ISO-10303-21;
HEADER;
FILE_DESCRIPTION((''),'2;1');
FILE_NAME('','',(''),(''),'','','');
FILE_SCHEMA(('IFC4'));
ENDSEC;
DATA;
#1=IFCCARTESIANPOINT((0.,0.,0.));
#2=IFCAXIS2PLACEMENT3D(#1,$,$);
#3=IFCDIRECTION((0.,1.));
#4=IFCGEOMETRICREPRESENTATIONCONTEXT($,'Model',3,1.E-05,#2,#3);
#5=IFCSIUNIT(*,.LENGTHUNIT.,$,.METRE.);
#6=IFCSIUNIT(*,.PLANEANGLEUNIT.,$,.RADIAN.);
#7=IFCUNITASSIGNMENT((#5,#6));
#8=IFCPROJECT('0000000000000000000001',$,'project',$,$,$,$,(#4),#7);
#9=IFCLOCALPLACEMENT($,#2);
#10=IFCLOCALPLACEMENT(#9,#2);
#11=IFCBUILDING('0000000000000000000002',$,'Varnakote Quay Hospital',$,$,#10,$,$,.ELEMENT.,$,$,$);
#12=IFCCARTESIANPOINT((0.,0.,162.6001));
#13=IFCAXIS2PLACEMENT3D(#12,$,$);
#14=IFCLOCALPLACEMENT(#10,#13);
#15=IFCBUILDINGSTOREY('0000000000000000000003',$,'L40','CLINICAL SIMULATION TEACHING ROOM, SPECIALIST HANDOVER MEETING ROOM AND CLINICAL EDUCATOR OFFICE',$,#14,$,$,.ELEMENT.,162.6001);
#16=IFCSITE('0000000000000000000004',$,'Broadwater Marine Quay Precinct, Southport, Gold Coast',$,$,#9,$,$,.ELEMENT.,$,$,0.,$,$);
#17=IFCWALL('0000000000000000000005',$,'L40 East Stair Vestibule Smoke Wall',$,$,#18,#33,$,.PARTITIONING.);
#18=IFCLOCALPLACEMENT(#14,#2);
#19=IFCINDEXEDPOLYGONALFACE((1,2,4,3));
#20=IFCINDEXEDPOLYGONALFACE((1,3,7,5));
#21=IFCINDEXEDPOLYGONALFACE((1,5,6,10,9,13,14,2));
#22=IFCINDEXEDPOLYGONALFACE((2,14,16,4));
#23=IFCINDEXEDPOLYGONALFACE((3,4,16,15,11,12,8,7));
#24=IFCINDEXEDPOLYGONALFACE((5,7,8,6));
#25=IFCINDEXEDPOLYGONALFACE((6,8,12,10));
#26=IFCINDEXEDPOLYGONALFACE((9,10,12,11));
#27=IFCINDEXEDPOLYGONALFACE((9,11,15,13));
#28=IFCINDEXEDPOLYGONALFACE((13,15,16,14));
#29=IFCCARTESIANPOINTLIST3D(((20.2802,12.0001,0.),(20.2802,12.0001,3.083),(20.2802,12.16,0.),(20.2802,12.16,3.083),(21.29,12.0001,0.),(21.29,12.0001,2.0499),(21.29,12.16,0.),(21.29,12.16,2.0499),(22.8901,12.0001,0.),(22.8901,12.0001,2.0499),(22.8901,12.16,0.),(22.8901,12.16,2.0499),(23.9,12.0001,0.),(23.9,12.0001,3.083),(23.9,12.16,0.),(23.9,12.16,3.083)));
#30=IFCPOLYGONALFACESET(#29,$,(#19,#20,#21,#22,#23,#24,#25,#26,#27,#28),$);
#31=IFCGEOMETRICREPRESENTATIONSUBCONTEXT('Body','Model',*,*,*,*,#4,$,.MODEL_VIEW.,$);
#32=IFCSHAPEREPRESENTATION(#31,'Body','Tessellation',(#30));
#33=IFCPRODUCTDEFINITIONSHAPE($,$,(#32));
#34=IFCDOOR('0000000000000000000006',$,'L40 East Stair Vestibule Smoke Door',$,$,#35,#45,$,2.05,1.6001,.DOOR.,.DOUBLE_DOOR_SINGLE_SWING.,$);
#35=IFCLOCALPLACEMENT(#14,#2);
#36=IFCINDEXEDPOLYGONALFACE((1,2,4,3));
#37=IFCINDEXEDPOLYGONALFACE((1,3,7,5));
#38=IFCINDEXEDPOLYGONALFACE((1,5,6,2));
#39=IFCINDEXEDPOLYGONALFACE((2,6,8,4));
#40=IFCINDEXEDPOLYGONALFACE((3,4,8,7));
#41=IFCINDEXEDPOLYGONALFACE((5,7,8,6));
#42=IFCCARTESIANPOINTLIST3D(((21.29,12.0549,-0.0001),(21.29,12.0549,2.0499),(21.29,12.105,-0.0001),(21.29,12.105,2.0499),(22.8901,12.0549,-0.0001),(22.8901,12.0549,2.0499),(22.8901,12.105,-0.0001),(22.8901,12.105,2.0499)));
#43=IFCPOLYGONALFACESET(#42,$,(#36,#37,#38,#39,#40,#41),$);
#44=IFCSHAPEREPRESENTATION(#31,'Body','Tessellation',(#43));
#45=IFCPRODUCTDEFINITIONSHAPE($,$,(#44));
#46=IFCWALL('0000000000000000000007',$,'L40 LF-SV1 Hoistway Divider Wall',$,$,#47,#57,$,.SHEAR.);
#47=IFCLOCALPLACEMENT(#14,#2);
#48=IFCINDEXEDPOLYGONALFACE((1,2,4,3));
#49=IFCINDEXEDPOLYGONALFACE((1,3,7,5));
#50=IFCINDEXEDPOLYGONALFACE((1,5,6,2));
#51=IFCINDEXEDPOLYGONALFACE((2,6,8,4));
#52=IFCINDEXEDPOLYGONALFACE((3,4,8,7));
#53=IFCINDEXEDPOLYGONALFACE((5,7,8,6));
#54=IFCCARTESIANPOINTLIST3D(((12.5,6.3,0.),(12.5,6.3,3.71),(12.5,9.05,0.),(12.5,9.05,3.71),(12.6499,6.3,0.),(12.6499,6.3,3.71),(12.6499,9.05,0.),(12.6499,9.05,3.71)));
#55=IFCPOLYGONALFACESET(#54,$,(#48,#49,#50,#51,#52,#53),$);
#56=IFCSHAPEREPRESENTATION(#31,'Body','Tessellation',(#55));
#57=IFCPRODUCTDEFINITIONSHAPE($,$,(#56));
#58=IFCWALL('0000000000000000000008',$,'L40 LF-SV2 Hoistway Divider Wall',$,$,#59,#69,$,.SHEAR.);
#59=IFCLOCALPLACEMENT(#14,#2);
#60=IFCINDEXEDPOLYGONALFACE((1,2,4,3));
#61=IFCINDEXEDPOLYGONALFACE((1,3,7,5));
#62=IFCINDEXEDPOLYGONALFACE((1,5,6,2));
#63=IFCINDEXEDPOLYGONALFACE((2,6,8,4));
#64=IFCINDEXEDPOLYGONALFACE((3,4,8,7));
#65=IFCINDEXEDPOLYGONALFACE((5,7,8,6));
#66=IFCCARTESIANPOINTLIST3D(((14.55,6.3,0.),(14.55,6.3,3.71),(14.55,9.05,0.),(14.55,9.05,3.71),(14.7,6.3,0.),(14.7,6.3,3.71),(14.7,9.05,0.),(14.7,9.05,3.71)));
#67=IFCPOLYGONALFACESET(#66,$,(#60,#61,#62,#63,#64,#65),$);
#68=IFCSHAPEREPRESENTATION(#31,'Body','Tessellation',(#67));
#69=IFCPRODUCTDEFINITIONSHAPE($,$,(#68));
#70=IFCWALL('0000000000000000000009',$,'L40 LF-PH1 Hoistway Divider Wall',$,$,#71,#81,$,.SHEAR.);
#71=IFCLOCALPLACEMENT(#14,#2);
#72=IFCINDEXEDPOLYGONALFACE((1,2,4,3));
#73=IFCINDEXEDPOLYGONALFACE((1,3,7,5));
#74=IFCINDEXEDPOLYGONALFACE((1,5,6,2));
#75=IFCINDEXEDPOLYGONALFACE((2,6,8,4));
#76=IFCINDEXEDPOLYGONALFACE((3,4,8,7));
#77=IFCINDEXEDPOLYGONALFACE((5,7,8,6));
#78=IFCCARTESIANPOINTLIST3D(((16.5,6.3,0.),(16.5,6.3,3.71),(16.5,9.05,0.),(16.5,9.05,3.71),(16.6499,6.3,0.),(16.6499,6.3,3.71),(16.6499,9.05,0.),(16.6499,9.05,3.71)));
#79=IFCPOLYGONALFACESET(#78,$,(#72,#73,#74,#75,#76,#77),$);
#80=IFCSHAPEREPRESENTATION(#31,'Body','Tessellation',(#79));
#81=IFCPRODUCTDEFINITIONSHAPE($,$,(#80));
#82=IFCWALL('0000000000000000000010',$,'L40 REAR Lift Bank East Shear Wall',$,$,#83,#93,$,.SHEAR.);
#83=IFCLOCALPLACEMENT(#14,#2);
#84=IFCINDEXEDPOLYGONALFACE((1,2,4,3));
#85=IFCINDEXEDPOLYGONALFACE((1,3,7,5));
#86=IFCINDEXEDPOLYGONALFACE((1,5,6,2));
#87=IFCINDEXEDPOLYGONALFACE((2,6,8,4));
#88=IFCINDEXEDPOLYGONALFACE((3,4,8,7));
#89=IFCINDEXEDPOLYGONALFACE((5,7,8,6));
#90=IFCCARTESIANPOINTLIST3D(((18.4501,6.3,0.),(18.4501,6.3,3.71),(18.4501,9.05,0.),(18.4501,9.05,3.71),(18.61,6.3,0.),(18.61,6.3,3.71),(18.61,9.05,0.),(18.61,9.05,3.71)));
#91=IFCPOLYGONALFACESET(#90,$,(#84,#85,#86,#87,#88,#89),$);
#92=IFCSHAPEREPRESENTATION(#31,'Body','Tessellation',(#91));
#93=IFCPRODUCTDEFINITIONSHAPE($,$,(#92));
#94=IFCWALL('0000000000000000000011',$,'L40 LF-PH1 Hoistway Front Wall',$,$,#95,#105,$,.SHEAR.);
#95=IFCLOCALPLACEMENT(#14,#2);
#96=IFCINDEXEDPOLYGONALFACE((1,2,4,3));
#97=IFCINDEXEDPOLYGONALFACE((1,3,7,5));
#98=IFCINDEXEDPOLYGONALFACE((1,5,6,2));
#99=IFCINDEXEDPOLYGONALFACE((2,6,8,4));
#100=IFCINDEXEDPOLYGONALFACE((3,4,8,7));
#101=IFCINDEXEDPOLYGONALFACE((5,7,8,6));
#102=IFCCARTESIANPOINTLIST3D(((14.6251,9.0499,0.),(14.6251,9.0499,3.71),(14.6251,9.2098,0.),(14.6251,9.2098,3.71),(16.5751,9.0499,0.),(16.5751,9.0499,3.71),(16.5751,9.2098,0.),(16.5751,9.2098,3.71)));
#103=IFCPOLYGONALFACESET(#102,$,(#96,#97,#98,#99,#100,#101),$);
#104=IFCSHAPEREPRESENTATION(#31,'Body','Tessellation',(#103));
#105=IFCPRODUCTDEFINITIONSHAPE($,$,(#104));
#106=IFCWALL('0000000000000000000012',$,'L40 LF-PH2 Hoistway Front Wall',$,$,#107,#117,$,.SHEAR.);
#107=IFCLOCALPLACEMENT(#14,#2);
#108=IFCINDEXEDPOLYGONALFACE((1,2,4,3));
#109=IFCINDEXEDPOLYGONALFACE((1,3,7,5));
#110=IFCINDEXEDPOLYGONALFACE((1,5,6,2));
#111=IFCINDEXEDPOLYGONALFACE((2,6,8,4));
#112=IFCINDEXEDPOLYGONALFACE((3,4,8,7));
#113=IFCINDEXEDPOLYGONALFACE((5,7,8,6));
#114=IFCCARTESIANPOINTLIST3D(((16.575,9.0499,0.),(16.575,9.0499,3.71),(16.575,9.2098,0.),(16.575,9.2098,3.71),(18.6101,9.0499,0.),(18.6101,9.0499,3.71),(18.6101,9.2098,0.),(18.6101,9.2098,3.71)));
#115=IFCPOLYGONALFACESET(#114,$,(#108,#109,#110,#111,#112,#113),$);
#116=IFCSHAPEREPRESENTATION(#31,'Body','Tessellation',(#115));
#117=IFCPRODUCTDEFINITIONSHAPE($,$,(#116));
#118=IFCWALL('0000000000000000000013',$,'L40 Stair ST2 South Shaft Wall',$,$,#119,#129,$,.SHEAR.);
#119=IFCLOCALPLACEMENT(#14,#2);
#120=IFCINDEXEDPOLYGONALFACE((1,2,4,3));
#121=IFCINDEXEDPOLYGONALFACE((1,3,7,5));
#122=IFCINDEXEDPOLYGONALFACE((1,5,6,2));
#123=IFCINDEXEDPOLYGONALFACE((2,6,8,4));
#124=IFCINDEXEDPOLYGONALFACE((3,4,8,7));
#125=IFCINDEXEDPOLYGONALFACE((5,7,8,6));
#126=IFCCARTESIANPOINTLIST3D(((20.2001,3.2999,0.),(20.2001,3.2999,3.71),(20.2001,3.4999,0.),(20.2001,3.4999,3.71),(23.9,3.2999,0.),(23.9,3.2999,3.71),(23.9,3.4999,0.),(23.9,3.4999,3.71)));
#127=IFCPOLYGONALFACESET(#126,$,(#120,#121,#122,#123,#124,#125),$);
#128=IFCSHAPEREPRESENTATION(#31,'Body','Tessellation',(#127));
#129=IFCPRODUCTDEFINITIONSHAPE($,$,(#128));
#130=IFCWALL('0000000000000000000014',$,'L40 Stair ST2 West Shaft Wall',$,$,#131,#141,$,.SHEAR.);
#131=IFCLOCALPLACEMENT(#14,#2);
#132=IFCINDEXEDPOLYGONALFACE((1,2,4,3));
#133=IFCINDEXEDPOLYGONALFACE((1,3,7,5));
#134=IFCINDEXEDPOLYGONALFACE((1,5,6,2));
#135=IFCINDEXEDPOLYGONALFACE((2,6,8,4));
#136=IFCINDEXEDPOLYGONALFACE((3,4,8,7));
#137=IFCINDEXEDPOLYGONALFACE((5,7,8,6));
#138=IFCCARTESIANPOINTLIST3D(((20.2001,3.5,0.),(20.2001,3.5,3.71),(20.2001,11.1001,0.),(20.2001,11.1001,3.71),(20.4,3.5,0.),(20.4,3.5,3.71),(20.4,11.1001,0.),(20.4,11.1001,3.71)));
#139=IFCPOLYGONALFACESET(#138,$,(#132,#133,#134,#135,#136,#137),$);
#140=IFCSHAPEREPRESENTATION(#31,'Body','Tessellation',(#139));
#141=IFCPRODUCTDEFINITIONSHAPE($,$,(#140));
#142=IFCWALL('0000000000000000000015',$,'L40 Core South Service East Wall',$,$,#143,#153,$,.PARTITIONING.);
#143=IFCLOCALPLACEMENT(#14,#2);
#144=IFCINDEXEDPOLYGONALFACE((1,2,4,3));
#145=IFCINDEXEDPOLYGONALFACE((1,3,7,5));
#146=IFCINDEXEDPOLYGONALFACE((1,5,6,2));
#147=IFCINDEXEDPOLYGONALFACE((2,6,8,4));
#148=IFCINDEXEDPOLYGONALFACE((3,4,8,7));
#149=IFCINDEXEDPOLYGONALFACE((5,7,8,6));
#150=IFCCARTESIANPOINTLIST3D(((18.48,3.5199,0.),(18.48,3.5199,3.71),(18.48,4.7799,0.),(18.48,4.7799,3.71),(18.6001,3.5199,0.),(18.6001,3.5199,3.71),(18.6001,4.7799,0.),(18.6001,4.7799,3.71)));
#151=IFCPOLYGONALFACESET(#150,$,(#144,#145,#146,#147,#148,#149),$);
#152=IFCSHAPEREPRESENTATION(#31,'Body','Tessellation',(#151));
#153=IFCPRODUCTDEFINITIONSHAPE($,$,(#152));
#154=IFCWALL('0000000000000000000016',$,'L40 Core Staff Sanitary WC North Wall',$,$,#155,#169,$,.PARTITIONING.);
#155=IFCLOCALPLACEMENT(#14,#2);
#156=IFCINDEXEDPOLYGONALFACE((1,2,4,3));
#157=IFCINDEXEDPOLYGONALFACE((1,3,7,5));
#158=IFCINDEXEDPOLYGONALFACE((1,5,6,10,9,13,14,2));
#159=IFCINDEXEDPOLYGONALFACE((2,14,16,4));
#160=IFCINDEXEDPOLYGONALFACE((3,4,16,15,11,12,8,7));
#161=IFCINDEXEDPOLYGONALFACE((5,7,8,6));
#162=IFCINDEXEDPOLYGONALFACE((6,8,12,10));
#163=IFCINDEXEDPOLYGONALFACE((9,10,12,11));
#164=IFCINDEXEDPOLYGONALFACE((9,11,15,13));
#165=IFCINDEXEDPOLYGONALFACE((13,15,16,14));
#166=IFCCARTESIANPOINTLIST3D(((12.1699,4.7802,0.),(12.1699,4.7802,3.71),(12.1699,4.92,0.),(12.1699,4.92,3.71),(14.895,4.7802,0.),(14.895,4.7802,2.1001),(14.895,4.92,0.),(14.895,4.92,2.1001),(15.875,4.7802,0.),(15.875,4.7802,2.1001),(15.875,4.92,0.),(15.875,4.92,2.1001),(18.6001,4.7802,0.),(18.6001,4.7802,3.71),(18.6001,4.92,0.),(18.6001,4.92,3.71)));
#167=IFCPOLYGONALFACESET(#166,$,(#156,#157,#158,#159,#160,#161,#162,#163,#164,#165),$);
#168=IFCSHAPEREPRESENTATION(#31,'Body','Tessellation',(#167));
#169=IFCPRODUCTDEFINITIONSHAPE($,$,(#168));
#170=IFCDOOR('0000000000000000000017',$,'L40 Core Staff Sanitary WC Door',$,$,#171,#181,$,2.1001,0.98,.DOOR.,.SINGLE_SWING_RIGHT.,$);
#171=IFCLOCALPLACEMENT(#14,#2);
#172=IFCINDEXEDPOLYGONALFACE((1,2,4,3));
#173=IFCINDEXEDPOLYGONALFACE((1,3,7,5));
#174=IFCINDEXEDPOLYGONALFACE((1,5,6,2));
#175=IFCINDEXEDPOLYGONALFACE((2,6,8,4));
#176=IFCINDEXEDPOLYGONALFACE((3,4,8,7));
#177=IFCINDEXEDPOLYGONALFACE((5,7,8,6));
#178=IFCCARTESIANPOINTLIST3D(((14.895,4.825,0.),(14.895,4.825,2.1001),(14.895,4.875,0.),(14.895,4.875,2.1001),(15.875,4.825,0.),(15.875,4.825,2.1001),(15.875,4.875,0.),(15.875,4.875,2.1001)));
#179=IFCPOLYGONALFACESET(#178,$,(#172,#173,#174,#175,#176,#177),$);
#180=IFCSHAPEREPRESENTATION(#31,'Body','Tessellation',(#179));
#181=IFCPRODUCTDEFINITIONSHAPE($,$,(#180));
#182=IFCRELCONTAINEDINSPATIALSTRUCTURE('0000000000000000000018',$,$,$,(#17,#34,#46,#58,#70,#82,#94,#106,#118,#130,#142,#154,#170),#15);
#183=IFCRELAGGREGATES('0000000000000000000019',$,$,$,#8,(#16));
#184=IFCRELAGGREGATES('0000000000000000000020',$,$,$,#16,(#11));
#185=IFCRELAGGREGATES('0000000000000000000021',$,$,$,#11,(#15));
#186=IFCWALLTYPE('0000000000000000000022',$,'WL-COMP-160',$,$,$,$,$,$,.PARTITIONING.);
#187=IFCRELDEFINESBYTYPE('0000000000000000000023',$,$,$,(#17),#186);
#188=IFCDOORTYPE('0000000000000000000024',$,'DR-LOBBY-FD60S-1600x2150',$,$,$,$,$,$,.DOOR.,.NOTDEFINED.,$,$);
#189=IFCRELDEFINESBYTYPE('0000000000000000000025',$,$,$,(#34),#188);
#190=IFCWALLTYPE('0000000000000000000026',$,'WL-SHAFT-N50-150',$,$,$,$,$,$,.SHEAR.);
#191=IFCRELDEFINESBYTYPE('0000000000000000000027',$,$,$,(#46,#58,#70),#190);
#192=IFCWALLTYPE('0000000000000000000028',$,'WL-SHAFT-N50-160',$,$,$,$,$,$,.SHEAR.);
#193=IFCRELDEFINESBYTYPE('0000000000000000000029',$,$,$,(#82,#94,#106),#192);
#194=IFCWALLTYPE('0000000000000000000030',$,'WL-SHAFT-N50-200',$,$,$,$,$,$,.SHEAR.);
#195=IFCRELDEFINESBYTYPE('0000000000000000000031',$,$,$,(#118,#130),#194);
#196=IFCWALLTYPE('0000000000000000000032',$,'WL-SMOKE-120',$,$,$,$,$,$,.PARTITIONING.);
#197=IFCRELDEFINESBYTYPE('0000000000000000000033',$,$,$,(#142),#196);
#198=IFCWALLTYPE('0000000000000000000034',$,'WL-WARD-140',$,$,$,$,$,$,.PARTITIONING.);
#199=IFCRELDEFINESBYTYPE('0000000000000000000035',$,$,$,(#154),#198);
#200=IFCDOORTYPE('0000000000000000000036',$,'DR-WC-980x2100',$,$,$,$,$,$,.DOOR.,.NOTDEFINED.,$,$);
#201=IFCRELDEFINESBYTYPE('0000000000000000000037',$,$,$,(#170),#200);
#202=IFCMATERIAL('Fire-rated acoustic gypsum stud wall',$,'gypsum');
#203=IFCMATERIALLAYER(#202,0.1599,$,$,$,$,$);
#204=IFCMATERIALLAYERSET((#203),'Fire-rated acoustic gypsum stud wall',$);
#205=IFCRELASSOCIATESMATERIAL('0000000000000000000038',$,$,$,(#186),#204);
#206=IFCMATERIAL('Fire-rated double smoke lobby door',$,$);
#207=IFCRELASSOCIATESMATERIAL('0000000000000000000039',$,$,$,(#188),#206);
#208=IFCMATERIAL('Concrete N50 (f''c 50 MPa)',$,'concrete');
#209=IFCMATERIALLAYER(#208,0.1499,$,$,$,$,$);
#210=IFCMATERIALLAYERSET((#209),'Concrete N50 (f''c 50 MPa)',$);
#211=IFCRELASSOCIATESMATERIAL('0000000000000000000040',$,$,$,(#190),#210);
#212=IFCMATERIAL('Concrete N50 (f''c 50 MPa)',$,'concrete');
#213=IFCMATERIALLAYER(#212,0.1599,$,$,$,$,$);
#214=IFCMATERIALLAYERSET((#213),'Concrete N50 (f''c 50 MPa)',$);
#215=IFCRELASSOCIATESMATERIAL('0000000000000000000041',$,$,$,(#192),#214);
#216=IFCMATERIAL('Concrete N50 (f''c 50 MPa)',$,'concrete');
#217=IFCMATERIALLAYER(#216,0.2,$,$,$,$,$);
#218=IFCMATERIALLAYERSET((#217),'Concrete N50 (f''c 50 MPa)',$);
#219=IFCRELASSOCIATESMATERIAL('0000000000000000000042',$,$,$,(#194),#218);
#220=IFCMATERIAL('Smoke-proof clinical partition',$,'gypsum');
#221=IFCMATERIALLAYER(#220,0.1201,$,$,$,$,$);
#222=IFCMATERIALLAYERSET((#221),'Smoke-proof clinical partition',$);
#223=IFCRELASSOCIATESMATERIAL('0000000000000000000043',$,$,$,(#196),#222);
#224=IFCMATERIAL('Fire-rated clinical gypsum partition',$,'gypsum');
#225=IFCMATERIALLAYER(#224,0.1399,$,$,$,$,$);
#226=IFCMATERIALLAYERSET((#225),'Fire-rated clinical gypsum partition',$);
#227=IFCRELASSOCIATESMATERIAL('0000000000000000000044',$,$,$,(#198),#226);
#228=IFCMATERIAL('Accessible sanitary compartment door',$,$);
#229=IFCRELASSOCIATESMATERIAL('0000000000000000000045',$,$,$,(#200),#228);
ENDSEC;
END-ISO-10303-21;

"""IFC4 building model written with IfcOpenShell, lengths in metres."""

from ifc_helpers import new_model, si_unit, direction, frame, frame_2d, origin, place, context, subcontext, project, spatial, rectangle, extrude, material, layer, layer_set, type_object, element, fill, save


model = new_model("IFC4")

# Units and contexts
model_context = context("Model", 3, precision=1e-05, world=origin(), true_north=direction((0.0, 1.0)))
body_context = subcontext(model_context, "Body", "Model", "MODEL_VIEW")
ifc_project = project(units=[si_unit("LENGTHUNIT", "METRE"), si_unit("PLANEANGLEUNIT", "RADIAN")], contexts=[model_context])

# Site, building, storey
site_placement = place(None, origin())
site = spatial("IfcSite", under=ifc_project, at=site_placement, Name="Broadwater Marine Quay Precinct, Southport, Gold Coast", CompositionType="ELEMENT", RefElevation=0.0)
building_placement = place(site_placement, origin())
building = spatial("IfcBuilding", under=site, at=building_placement, Name="Varnakote Quay Hospital", CompositionType="ELEMENT")
storey_placement = place(building_placement, frame((0.0, 0.0, 162.6001)))
storey = spatial("IfcBuildingStorey", under=building, at=storey_placement, Name="L40", Description="CLINICAL SIMULATION TEACHING ROOM, SPECIALIST HANDOVER MEETING ROOM AND CLINICAL EDUCATOR OFFICE", CompositionType="ELEMENT", Elevation=162.6001)

# Shared definitions
ifc_material_1 = material(Name="Fire-rated acoustic gypsum stud wall", Category="gypsum")
ifc_layer_1 = layer(ifc_material_1, 0.1599)
ifc_layer_set_1 = layer_set([ifc_layer_1], Name="Fire-rated acoustic gypsum stud wall")
wall_type_1 = type_object("IfcWallType", Name="WL-COMP-160", PredefinedType="PARTITIONING", material=ifc_layer_set_1)

# Shared definitions
ifc_material_2 = material(Name="Fire-rated double smoke lobby door")
door_type_1 = type_object("IfcDoorType", Name="DR-LOBBY-FD60S-1600x2150", OperationType="NOTDEFINED", PredefinedType="DOOR", material=ifc_material_2)

# Wall, opening, door
wall_1_placement = place(storey_placement, frame((20.28, 12.0801, 0.0), z_axis=(0.0, 0.0, 1.0), x_axis=(1.0, 0.0, 0.0)))
wall_1 = element("IfcWall", 1, at=wall_1_placement, inside=storey, type_object=wall_type_1, Name="L40 East Stair Vestibule Smoke Wall", PredefinedType="PARTITIONING", context=body_context, shape_type="SweptSolid", body=[
    extrude(rectangle(XDim=3.6199, YDim=0.1599, at=frame_2d((1.8101, 0.0))), origin(), (0.0, 0.0, 1.0), 3.083),
])
opening_1_placement = place(wall_1_placement, frame((1.01, 0.0, 0.0)))
opening_1 = element("IfcOpeningElement", 2, at=opening_1_placement, cuts=wall_1, PredefinedType="OPENING", context=body_context, shape_type="SweptSolid", body=[
    extrude(rectangle(XDim=1.6001, YDim=2.05, at=frame_2d((0.8, 1.0249))), frame((0.0, 0.0898, 0.0), z_axis=(0.0, -1.0, 0.0), x_axis=(1.0, 0.0, 0.0)), (0.0, 0.0, 1.0), 0.1799),
])
door_1_placement = place(opening_1_placement, origin())
door_1 = element("IfcDoor", 3, at=door_1_placement, inside=storey, type_object=door_type_1, Name="L40 East Stair Vestibule Smoke Door", OperationType="DOUBLE_DOOR_SINGLE_SWING", OverallHeight=2.05, OverallWidth=1.6001, PredefinedType="DOOR", context=body_context, shape_type="SweptSolid", body=[
    extrude(rectangle(XDim=1.6001, YDim=2.05, at=frame_2d((0.8, 1.0249))), frame((0.0, 0.0249, 0.0), z_axis=(0.0, -1.0, 0.0), x_axis=(1.0, 0.0, 0.0)), (0.0, 0.0, 1.0), 0.05),
])
fill(opening_1, door_1)

# Walls
ifc_material_3 = material(Name="Concrete N50 (f'c 50 MPa)", Category="concrete")
ifc_layer_2 = layer(ifc_material_3, 0.1499)
ifc_layer_set_2 = layer_set([ifc_layer_2], Name="Concrete N50 (f'c 50 MPa)")
wall_type_2 = type_object("IfcWallType", Name="WL-SHAFT-N50-150", PredefinedType="SHEAR", material=ifc_layer_set_2)
for number, where, z_axis, x_axis, name in (
    (4, (12.575, 6.3, 0.0), (0.0, 0.0, 1.0), (0.0, 1.0, 0.0), "L40 LF-SV1 Hoistway Divider Wall"),
    (5, (14.625, 6.3, 0.0), (0.0, 0.0, 1.0), (0.0, 1.0, 0.0), "L40 LF-SV2 Hoistway Divider Wall"),
    (6, (16.575, 6.3, 0.0), (0.0, 0.0, 1.0), (0.0, 1.0, 0.0), "L40 LF-PH1 Hoistway Divider Wall"),
):
    element("IfcWall", number, at=place(storey_placement, frame(where, z_axis=z_axis, x_axis=x_axis)), inside=storey, type_object=wall_type_2, Name=name, PredefinedType="SHEAR", context=body_context, shape_type="SweptSolid", body=[
        extrude(rectangle(XDim=2.75, YDim=0.1499, at=frame_2d((1.375, 0.0))), origin(), (0.0, 0.0, 1.0), 3.71),
    ])
ifc_material_4 = material(Name="Concrete N50 (f'c 50 MPa)", Category="concrete")
ifc_layer_3 = layer(ifc_material_4, 0.1599)
ifc_layer_set_3 = layer_set([ifc_layer_3], Name="Concrete N50 (f'c 50 MPa)")
wall_type_3 = type_object("IfcWallType", Name="WL-SHAFT-N50-160", PredefinedType="SHEAR", material=ifc_layer_set_3)
wall_2_placement = place(storey_placement, frame((18.53, 6.3, 0.0), z_axis=(0.0, 0.0, 1.0), x_axis=(0.0, 1.0, 0.0)))
element("IfcWall", 7, at=wall_2_placement, inside=storey, type_object=wall_type_3, Name="L40 REAR Lift Bank East Shear Wall", PredefinedType="SHEAR", context=body_context, shape_type="SweptSolid", body=[
    extrude(rectangle(XDim=2.75, YDim=0.1599, at=frame_2d((1.375, 0.0))), origin(), (0.0, 0.0, 1.0), 3.71),
])

# Walls
wall_3_placement = place(storey_placement, frame((14.625, 9.1299, 0.0), z_axis=(0.0, 0.0, 1.0), x_axis=(1.0, 0.0, 0.0)))
element("IfcWall", 8, at=wall_3_placement, inside=storey, type_object=wall_type_3, Name="L40 LF-PH1 Hoistway Front Wall", PredefinedType="SHEAR", context=body_context, shape_type="SweptSolid", body=[
    extrude(rectangle(XDim=1.95, YDim=0.1599, at=frame_2d((0.9751, 0.0))), origin(), (0.0, 0.0, 1.0), 3.71),
])
wall_4_placement = place(storey_placement, frame((16.575, 9.1299, 0.0), z_axis=(0.0, 0.0, 1.0), x_axis=(1.0, 0.0, 0.0)))
element("IfcWall", 9, at=wall_4_placement, inside=storey, type_object=wall_type_3, Name="L40 LF-PH2 Hoistway Front Wall", PredefinedType="SHEAR", context=body_context, shape_type="SweptSolid", body=[
    extrude(rectangle(XDim=2.0352, YDim=0.1599, at=frame_2d((1.0176, 0.0))), origin(), (0.0, 0.0, 1.0), 3.71),
])
ifc_material_5 = material(Name="Concrete N50 (f'c 50 MPa)", Category="concrete")
ifc_layer_4 = layer(ifc_material_5, 0.2)
ifc_layer_set_4 = layer_set([ifc_layer_4], Name="Concrete N50 (f'c 50 MPa)")
wall_type_4 = type_object("IfcWallType", Name="WL-SHAFT-N50-200", PredefinedType="SHEAR", material=ifc_layer_set_4)
wall_5_placement = place(storey_placement, frame((20.2, 3.3999, 0.0), z_axis=(0.0, 0.0, 1.0), x_axis=(1.0, 0.0, 0.0)))
element("IfcWall", 10, at=wall_5_placement, inside=storey, type_object=wall_type_4, Name="L40 Stair ST2 South Shaft Wall", PredefinedType="SHEAR", context=body_context, shape_type="SweptSolid", body=[
    extrude(rectangle(XDim=3.7, YDim=0.2, at=frame_2d((1.8501, 0.0))), origin(), (0.0, 0.0, 1.0), 3.71),
])
wall_6_placement = place(storey_placement, frame((20.3, 3.5, 0.0), z_axis=(0.0, 0.0, 1.0), x_axis=(0.0, 1.0, 0.0)))
element("IfcWall", 11, at=wall_6_placement, inside=storey, type_object=wall_type_4, Name="L40 Stair ST2 West Shaft Wall", PredefinedType="SHEAR", context=body_context, shape_type="SweptSolid", body=[
    extrude(rectangle(XDim=7.6001, YDim=0.2, at=frame_2d((3.8, 0.0))), origin(), (0.0, 0.0, 1.0), 3.71),
])

# Wall
ifc_material_6 = material(Name="Smoke-proof clinical partition", Category="gypsum")
ifc_layer_5 = layer(ifc_material_6, 0.1201)
ifc_layer_set_5 = layer_set([ifc_layer_5], Name="Smoke-proof clinical partition")
wall_type_5 = type_object("IfcWallType", Name="WL-SMOKE-120", PredefinedType="PARTITIONING", material=ifc_layer_set_5)
wall_7_placement = place(storey_placement, frame((18.54, 3.52, 0.0), z_axis=(0.0, 0.0, 1.0), x_axis=(0.0, 1.0, 0.0)))
element("IfcWall", 12, at=wall_7_placement, inside=storey, type_object=wall_type_5, Name="L40 Core South Service East Wall", PredefinedType="PARTITIONING", context=body_context, shape_type="SweptSolid", body=[
    extrude(rectangle(XDim=1.26, YDim=0.1201, at=frame_2d((0.6299, 0.0))), origin(), (0.0, 0.0, 1.0), 3.71),
])

# Wall, opening, door
ifc_material_7 = material(Name="Fire-rated clinical gypsum partition", Category="gypsum")
ifc_layer_6 = layer(ifc_material_7, 0.1399)
ifc_layer_set_6 = layer_set([ifc_layer_6], Name="Fire-rated clinical gypsum partition")
wall_type_6 = type_object("IfcWallType", Name="WL-WARD-140", PredefinedType="PARTITIONING", material=ifc_layer_set_6)
wall_8_placement = place(storey_placement, frame((12.1699, 4.8501, 0.0), z_axis=(0.0, 0.0, 1.0), x_axis=(1.0, 0.0, 0.0)))
wall_8 = element("IfcWall", 13, at=wall_8_placement, inside=storey, type_object=wall_type_6, Name="L40 Core Staff Sanitary WC North Wall", PredefinedType="PARTITIONING", context=body_context, shape_type="SweptSolid", body=[
    extrude(rectangle(XDim=6.4302, YDim=0.1399, at=frame_2d((3.2151, 0.0))), origin(), (0.0, 0.0, 1.0), 3.71),
])
opening_2_placement = place(wall_8_placement, frame((2.7251, 0.0, 0.0)))
opening_2 = element("IfcOpeningElement", 14, at=opening_2_placement, cuts=wall_8, PredefinedType="OPENING", context=body_context, shape_type="SweptSolid", body=[
    extrude(rectangle(XDim=0.98, YDim=2.1001, at=frame_2d((0.49, 1.05))), frame((0.0, 0.0798, 0.0), z_axis=(0.0, -1.0, 0.0), x_axis=(1.0, 0.0, 0.0)), (0.0, 0.0, 1.0), 0.1599),
])
ifc_material_8 = material(Name="Accessible sanitary compartment door")
door_type_2 = type_object("IfcDoorType", Name="DR-WC-980x2100", OperationType="NOTDEFINED", PredefinedType="DOOR", material=ifc_material_8)
door_2_placement = place(opening_2_placement, origin())
door_2 = element("IfcDoor", 15, at=door_2_placement, inside=storey, type_object=door_type_2, Name="L40 Core Staff Sanitary WC Door", OperationType="SINGLE_SWING_RIGHT", OverallHeight=2.1001, OverallWidth=0.98, PredefinedType="DOOR", context=body_context, shape_type="SweptSolid", body=[
    extrude(rectangle(XDim=0.98, YDim=2.1001, at=frame_2d((0.49, 1.05))), frame((0.0, 0.0249, 0.0), z_axis=(0.0, -1.0, 0.0), x_axis=(1.0, 0.0, 0.0)), (0.0, 0.0, 1.0), 0.05),
])
fill(opening_2, door_2)

save(model, "model.ifc")
